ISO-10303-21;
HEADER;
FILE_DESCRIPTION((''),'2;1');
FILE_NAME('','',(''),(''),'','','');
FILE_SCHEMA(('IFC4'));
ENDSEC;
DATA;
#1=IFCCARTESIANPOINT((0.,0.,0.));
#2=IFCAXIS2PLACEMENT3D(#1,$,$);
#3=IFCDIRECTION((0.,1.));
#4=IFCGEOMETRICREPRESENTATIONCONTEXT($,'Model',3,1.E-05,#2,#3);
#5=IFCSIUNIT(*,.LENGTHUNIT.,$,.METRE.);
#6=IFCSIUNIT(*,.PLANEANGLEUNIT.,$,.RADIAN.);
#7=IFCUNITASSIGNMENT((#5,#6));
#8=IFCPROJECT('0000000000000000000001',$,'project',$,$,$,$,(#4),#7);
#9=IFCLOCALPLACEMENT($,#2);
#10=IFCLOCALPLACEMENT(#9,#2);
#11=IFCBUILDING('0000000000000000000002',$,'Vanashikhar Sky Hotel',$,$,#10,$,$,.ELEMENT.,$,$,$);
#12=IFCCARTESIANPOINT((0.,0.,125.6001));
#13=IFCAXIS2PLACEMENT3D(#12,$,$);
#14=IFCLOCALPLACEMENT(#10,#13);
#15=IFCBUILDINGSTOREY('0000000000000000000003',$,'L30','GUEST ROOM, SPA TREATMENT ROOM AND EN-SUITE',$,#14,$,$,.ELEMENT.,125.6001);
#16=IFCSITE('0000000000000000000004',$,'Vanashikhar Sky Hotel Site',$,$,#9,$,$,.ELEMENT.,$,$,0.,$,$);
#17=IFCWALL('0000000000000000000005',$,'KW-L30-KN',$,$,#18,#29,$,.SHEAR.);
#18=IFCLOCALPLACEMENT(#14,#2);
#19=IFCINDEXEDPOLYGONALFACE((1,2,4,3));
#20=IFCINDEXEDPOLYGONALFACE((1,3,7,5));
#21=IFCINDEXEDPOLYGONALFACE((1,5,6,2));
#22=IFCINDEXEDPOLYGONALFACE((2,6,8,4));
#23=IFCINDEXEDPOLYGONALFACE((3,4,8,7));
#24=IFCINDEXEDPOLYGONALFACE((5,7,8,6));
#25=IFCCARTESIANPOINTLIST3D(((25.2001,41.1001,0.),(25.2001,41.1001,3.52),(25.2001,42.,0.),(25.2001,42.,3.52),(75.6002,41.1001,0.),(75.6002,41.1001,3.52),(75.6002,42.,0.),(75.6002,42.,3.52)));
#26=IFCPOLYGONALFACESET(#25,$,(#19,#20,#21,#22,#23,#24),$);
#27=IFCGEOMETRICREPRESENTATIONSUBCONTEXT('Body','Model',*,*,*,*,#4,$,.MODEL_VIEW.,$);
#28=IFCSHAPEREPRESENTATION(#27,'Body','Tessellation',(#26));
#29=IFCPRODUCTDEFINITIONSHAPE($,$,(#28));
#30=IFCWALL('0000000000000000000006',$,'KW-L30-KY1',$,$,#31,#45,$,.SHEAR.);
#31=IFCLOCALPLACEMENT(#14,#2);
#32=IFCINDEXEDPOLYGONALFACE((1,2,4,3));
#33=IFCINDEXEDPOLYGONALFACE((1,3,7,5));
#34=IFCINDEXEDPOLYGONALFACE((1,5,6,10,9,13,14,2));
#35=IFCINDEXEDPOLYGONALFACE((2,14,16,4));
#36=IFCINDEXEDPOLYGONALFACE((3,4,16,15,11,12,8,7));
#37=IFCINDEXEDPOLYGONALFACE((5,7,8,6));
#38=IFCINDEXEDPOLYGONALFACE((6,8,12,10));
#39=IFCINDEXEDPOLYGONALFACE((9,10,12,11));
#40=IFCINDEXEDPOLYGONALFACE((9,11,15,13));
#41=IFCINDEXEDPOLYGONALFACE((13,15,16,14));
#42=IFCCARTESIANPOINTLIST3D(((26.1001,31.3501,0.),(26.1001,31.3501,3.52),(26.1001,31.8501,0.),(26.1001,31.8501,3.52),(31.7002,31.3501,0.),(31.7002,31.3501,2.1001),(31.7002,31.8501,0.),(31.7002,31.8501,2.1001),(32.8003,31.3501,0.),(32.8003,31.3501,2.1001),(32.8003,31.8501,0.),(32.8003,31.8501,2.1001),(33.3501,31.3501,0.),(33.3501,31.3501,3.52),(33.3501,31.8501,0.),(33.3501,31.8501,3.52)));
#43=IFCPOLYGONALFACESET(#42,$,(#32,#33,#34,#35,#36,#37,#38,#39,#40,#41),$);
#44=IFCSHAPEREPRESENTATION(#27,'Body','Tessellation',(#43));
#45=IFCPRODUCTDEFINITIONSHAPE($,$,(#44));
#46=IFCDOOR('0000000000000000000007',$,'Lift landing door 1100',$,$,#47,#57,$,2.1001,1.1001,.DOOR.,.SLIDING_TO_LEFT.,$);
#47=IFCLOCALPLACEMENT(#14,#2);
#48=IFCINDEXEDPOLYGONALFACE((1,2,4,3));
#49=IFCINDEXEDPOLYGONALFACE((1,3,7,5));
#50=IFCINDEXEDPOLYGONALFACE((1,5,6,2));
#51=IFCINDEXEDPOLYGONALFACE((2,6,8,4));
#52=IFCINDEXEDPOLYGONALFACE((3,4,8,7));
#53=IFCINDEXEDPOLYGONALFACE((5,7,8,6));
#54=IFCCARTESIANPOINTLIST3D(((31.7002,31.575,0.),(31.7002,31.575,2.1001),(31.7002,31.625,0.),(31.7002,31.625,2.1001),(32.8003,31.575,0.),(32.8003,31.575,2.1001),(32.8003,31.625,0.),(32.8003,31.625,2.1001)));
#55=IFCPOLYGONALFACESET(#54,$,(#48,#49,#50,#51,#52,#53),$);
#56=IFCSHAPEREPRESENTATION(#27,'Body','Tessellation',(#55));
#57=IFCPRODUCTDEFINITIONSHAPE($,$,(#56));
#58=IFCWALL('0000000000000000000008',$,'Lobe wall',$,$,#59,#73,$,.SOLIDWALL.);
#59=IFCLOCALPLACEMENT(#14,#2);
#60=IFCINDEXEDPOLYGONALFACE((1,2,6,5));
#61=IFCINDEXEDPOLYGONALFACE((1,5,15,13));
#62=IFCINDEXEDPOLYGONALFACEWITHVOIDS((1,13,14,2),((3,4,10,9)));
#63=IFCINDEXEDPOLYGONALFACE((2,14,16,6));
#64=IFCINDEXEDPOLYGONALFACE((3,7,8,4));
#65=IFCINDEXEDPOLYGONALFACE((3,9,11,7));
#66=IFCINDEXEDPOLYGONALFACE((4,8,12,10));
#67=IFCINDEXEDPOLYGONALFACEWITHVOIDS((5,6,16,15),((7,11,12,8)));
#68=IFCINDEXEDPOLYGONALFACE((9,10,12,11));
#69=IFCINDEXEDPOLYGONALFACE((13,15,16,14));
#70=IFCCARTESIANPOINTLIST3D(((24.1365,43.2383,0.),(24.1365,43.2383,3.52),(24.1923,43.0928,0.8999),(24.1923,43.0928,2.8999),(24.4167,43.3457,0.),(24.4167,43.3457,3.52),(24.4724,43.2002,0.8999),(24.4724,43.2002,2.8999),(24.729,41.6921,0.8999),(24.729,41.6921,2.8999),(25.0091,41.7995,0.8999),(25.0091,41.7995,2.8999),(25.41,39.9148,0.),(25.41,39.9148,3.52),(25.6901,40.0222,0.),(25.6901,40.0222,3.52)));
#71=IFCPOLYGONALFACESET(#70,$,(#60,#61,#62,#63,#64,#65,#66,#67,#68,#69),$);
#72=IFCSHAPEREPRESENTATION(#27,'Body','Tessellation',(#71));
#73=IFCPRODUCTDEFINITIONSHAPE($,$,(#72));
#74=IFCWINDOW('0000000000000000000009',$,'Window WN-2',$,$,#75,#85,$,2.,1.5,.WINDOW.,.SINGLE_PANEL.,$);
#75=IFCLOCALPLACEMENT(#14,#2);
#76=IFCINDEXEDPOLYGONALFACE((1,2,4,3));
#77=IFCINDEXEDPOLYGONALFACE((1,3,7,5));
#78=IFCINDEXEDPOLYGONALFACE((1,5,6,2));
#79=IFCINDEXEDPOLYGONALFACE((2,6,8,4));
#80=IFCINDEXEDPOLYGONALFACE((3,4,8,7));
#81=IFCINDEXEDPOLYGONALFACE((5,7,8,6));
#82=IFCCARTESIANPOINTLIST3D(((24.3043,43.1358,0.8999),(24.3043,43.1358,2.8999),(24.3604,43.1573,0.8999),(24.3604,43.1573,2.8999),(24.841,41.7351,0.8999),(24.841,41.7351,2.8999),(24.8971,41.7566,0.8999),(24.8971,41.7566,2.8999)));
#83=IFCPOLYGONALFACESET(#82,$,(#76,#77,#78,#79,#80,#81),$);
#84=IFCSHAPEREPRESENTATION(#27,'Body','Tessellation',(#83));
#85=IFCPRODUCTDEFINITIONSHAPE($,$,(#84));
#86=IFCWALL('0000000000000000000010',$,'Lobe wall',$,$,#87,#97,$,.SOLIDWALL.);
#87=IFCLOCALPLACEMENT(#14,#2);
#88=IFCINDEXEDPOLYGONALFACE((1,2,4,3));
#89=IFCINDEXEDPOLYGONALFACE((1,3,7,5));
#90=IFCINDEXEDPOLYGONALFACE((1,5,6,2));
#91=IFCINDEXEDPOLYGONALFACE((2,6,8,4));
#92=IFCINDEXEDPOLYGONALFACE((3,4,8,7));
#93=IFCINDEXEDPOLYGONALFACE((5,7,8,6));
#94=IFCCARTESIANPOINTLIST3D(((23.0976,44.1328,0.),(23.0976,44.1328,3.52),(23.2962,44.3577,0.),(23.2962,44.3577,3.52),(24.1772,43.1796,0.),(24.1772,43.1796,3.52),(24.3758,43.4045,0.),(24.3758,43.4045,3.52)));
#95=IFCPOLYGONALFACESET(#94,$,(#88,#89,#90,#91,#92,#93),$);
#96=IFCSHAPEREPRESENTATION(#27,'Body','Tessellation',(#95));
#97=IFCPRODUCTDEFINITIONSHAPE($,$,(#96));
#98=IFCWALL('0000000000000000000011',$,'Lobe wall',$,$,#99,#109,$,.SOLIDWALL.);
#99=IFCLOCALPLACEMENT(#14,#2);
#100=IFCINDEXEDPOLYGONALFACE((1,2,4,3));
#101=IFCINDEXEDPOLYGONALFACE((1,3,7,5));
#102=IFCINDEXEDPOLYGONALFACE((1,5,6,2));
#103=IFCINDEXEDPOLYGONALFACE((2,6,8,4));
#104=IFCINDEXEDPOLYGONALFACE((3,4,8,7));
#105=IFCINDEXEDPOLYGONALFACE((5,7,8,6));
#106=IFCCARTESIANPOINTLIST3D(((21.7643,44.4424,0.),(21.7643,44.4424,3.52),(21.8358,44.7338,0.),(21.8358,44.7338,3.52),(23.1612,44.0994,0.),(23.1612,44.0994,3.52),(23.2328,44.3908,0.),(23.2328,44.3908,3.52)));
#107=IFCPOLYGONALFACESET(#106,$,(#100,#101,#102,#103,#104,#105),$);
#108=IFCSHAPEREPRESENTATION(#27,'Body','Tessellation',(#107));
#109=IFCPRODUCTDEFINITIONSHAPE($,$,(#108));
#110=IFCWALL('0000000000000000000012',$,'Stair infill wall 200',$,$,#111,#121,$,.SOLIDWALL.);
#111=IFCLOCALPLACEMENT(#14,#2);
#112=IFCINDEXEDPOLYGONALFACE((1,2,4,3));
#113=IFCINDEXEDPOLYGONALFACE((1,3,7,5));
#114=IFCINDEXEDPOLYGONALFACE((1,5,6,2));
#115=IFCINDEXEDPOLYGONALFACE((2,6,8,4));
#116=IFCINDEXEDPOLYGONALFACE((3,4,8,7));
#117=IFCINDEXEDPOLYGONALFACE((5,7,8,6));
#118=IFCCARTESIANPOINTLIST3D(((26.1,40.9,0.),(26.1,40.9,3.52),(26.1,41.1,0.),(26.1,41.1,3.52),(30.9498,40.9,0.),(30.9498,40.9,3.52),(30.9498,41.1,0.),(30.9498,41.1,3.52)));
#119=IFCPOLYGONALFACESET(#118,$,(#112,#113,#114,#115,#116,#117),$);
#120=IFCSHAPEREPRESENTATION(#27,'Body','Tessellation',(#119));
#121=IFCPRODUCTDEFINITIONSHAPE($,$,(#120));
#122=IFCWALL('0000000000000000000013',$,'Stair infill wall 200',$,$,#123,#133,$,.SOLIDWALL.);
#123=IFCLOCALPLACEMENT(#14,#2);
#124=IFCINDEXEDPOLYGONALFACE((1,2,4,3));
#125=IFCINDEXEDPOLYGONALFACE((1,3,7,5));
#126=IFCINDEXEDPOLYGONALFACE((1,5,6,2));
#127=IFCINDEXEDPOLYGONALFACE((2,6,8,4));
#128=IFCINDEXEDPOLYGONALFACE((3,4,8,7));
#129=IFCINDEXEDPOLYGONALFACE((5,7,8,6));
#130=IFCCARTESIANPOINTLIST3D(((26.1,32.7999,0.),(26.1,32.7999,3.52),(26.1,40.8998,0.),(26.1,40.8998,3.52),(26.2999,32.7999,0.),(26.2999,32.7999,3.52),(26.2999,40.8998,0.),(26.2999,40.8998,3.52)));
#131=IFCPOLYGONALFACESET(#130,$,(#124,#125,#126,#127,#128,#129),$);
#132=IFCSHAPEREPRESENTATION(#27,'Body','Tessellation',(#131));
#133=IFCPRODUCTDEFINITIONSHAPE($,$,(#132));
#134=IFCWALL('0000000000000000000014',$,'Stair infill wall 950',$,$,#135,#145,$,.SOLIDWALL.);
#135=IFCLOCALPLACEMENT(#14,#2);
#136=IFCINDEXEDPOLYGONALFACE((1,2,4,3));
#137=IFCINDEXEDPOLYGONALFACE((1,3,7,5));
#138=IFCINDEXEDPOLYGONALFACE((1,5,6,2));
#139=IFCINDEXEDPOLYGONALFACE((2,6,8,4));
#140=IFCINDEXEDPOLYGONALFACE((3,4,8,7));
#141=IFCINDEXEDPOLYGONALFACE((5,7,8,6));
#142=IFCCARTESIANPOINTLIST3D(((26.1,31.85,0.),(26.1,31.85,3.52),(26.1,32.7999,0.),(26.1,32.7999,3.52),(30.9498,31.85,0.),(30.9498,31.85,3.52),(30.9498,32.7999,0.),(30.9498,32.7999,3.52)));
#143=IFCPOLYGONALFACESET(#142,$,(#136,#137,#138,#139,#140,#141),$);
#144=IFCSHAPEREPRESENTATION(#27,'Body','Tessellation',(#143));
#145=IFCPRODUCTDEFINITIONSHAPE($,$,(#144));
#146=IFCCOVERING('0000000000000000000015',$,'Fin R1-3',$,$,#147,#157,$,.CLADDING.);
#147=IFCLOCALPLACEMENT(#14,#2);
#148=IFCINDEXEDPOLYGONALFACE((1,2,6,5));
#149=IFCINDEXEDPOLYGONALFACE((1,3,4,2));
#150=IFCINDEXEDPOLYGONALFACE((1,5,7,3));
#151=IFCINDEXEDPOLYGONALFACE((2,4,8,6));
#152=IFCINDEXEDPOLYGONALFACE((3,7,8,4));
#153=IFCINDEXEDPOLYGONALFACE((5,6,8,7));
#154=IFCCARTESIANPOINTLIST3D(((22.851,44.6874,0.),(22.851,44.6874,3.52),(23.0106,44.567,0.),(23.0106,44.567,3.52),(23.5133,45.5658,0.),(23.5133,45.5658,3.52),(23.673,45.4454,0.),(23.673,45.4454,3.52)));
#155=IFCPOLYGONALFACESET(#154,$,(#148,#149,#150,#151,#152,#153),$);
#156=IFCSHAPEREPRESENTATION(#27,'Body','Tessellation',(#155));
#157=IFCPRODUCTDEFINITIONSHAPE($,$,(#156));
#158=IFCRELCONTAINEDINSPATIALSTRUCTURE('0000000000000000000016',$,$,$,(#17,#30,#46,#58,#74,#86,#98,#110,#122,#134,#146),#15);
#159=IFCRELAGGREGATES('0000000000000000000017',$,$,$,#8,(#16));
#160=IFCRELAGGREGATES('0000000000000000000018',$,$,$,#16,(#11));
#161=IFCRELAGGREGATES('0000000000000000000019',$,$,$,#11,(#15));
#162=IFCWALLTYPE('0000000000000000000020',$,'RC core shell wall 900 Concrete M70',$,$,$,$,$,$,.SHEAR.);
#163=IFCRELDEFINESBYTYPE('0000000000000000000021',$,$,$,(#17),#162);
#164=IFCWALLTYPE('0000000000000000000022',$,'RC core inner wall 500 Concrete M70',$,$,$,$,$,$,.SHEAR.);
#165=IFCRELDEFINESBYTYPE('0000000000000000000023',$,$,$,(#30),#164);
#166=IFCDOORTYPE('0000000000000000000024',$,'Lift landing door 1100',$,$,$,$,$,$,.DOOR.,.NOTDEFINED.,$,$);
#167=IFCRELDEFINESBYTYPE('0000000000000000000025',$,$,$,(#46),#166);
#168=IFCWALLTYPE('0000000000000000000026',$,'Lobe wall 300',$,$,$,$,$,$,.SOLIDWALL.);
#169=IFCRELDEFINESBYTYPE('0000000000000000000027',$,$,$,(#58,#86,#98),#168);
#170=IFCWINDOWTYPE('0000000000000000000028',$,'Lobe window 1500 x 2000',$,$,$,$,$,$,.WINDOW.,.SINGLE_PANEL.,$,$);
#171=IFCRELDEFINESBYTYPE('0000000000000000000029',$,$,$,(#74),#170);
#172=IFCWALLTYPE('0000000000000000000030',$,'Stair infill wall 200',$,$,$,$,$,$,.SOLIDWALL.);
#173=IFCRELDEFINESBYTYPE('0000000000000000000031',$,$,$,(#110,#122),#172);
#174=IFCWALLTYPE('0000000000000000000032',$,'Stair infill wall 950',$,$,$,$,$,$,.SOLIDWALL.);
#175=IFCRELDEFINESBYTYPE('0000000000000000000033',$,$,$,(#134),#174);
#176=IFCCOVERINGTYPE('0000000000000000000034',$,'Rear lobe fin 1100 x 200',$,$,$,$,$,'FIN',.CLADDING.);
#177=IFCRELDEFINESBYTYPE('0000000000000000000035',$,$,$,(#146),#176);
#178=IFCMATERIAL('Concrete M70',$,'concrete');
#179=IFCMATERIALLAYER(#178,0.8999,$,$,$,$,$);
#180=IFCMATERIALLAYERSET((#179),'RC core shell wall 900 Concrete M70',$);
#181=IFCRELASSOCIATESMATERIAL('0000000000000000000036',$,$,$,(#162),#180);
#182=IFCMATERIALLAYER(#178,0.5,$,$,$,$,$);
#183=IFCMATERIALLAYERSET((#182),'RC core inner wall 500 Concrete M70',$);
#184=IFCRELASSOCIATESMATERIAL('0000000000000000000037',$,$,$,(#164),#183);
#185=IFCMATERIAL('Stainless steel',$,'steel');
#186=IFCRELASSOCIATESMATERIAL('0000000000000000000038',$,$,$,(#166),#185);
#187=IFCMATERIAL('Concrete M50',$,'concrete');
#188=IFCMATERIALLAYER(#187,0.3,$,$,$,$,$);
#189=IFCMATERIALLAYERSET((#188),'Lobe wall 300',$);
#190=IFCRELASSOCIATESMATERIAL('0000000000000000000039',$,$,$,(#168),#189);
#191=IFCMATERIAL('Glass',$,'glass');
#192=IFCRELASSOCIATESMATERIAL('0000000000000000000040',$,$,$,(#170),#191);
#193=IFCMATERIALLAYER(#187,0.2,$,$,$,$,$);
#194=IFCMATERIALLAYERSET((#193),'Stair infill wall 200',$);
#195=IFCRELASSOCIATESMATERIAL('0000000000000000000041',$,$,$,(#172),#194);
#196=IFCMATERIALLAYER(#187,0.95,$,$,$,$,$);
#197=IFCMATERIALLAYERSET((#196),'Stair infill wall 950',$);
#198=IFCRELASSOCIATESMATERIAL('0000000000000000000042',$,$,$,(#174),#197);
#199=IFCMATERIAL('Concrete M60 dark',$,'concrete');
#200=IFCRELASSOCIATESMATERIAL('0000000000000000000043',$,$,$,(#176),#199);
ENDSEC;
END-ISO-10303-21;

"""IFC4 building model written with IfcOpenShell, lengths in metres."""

from ifc_helpers import new_model, si_unit, direction, frame, frame_2d, origin, origin_2d, place, context, subcontext, project, spatial, rectangle, extrude, source, transform, mapped, material, layer, layer_set, material_profile, profile_set, type_object, element, fill, save


model = new_model("IFC4")

# Units and contexts
model_context = context("Model", 3, precision=1e-05, world=origin(), true_north=direction((0.0, 1.0)))
body_context = subcontext(model_context, "Body", "Model", "MODEL_VIEW")
ifc_project = project(units=[si_unit("LENGTHUNIT", "METRE"), si_unit("PLANEANGLEUNIT", "RADIAN")], contexts=[model_context])

# Site, building, storey
site_placement = place(None, origin())
site = spatial("IfcSite", under=ifc_project, at=site_placement, Name="Vanashikhar Sky Hotel Site", CompositionType="ELEMENT", RefElevation=0.0)
building_placement = place(site_placement, origin())
building = spatial("IfcBuilding", under=site, at=building_placement, Name="Vanashikhar Sky Hotel", CompositionType="ELEMENT")
storey_placement = place(building_placement, frame((0.0, 0.0, 125.6001)))
storey = spatial("IfcBuildingStorey", under=building, at=storey_placement, Name="L30", Description="GUEST ROOM, SPA TREATMENT ROOM AND EN-SUITE", CompositionType="ELEMENT", Elevation=125.6001)

# Wall
ifc_material_1 = material(Name="Concrete M70", Category="concrete")
ifc_layer_1 = layer(ifc_material_1, 0.8999)
ifc_layer_set_1 = layer_set([ifc_layer_1], Name="RC core shell wall 900 Concrete M70")
wall_type_1 = type_object("IfcWallType", Name="RC core shell wall 900 Concrete M70", PredefinedType="SHEAR", material=ifc_layer_set_1)
shared_shape_1 = source(origin(), body_context, "Body", "SweptSolid", [
    extrude(rectangle(XDim=50.4001, YDim=0.8999, at=frame_2d((25.2002, 0.0))), origin(), (0.0, 0.0, 1.0), 3.52),
])
wall_1_placement = place(storey_placement, frame((25.2, 41.55, 0.0), z_axis=(0.0, 0.0, 1.0), x_axis=(1.0, 0.0, 0.0)))
element("IfcWall", 1, at=wall_1_placement, inside=storey, type_object=wall_type_1, Name="KW-L30-KN", PredefinedType="SHEAR", context=body_context, shape_type="MappedRepresentation", body=[
    mapped(shared_shape_1, transform((0.0, 0.0, 0.0), scale=1.0)),
])

# Wall, opening, door
ifc_layer_2 = layer(ifc_material_1, 0.5)
ifc_layer_set_2 = layer_set([ifc_layer_2], Name="RC core inner wall 500 Concrete M70")
wall_type_2 = type_object("IfcWallType", Name="RC core inner wall 500 Concrete M70", PredefinedType="SHEAR", material=ifc_layer_set_2)
shared_shape_2 = source(origin(), body_context, "Body", "SweptSolid", [
    extrude(rectangle(XDim=7.25, YDim=0.5, at=frame_2d((3.625, 0.0))), origin(), (0.0, 0.0, 1.0), 3.52),
])
wall_2_placement = place(storey_placement, frame((26.1001, 31.6001, 0.0), z_axis=(0.0, 0.0, 1.0), x_axis=(1.0, 0.0, 0.0)))
wall_2 = element("IfcWall", 2, at=wall_2_placement, inside=storey, type_object=wall_type_2, Name="KW-L30-KY1", PredefinedType="SHEAR", context=body_context, shape_type="MappedRepresentation", body=[
    mapped(shared_shape_2, transform((0.0, 0.0, 0.0), scale=1.0)),
])
shared_shape_3 = source(origin(), body_context, "Body", "SweptSolid", [
    extrude(rectangle(XDim=1.1001, YDim=2.1001, at=frame_2d((0.55, 1.05))), frame((0.0, 0.26, 0.0), z_axis=(0.0, -1.0, 0.0), x_axis=(1.0, 0.0, 0.0)), (0.0, 0.0, 1.0), 0.52),
])
opening_1_placement = place(wall_2_placement, frame((5.6001, 0.0, 0.0)))
opening_1 = element("IfcOpeningElement", 3, at=opening_1_placement, cuts=wall_2, PredefinedType="OPENING", context=body_context, shape_type="MappedRepresentation", body=[
    mapped(shared_shape_3, transform((0.0, 0.0, 0.0), scale=1.0)),
])
ifc_material_2 = material(Name="Stainless steel", Category="steel")
door_type = type_object("IfcDoorType", Name="Lift landing door 1100", OperationType="NOTDEFINED", PredefinedType="DOOR", material=ifc_material_2)
shared_shape_4 = source(origin(), body_context, "Body", "SweptSolid", [
    extrude(rectangle(XDim=1.1001, YDim=2.1001, at=frame_2d((0.55, 1.05))), frame((0.0, 0.0249, 0.0), z_axis=(0.0, -1.0, 0.0), x_axis=(1.0, 0.0, 0.0)), (0.0, 0.0, 1.0), 0.05),
])
door_placement = place(opening_1_placement, origin())
door = element("IfcDoor", 4, at=door_placement, inside=storey, type_object=door_type, Name="Lift landing door 1100", OperationType="SLIDING_TO_LEFT", OverallHeight=2.1001, OverallWidth=1.1001, PredefinedType="DOOR", context=body_context, shape_type="MappedRepresentation", body=[
    mapped(shared_shape_4, transform((0.0, 0.0, 0.0), scale=1.0)),
])
fill(opening_1, door)

# Wall, opening, window
ifc_material_3 = material(Name="Concrete M50", Category="concrete")
ifc_layer_3 = layer(ifc_material_3, 0.3)
ifc_layer_set_3 = layer_set([ifc_layer_3], Name="Lobe wall 300")
wall_type_3 = type_object("IfcWallType", Name="Lobe wall 300", PredefinedType="SOLIDWALL", material=ifc_layer_set_3)
shared_shape_5 = source(origin(), body_context, "Body", "SweptSolid", [
    extrude(rectangle(XDim=3.5591, YDim=0.3, at=frame_2d((1.7795, 0.0))), origin(), (0.0, 0.0, 1.0), 3.52),
])
wall_3_placement = place(storey_placement, frame((25.55, 39.9685, 0.0), z_axis=(0.0, 0.0, 1.0), x_axis=(-0.357797, 0.933799, 0.0)))
wall_3 = element("IfcWall", 5, at=wall_3_placement, inside=storey, type_object=wall_type_3, Name="Lobe wall", PredefinedType="SOLIDWALL", context=body_context, shape_type="MappedRepresentation", body=[
    mapped(shared_shape_5, transform((0.0, 0.0, 0.0), scale=1.0)),
])
shared_shape_6 = source(origin(), body_context, "Body", "SweptSolid", [
    extrude(rectangle(XDim=1.5, YDim=2.0, at=frame_2d((0.75, 1.0))), frame((0.0, 0.1602, 0.0), z_axis=(0.0, -1.0, 0.0), x_axis=(1.0, 0.0, 0.0)), (0.0, 0.0, 1.0), 0.3201),
])
opening_2_placement = place(wall_3_placement, frame((1.9033, 0.0, 0.8999)))
opening_2 = element("IfcOpeningElement", 6, at=opening_2_placement, cuts=wall_3, PredefinedType="OPENING", context=body_context, shape_type="MappedRepresentation", body=[
    mapped(shared_shape_6, transform((0.0, 0.0, 0.0), scale=1.0)),
])
ifc_material_4 = material(Name="Glass", Category="glass")
window_type = type_object("IfcWindowType", Name="Lobe window 1500 x 2000", PartitioningType="SINGLE_PANEL", PredefinedType="WINDOW", material=ifc_material_4)
shared_shape_7 = source(origin(), body_context, "Body", "SweptSolid", [
    extrude(rectangle(XDim=1.5, YDim=2.0, at=frame_2d((0.75, 1.0))), frame((0.0, 0.03, 0.0), z_axis=(0.0, -1.0, 0.0), x_axis=(1.0, 0.0, 0.0)), (0.0, 0.0, 1.0), 0.0601),
])
window_placement = place(opening_2_placement, origin())
window = element("IfcWindow", 7, at=window_placement, inside=storey, type_object=window_type, Name="Window WN-2", OverallHeight=2.0, OverallWidth=1.5, PartitioningType="SINGLE_PANEL", PredefinedType="WINDOW", context=body_context, shape_type="MappedRepresentation", body=[
    mapped(shared_shape_7, transform((0.0, 0.0, 0.0), scale=1.0)),
])
fill(opening_2, window)

# Walls
shared_shape_8 = source(origin(), body_context, "Body", "SweptSolid", [
    extrude(rectangle(XDim=1.4402, YDim=0.3, at=frame_2d((0.7202, 0.0))), origin(), (0.0, 0.0, 1.0), 3.52),
])
wall_4_placement = place(storey_placement, frame((24.2766, 43.292, 0.0), z_axis=(0.0, 0.0, 1.0), x_axis=(-0.74965, 0.661835, 0.0)))
element("IfcWall", 8, at=wall_4_placement, inside=storey, type_object=wall_type_3, Name="Lobe wall", PredefinedType="SOLIDWALL", context=body_context, shape_type="MappedRepresentation", body=[
    mapped(shared_shape_8, transform((0.0, 0.0, 0.0), scale=1.0)),
])
shared_shape_9 = source(origin(), body_context, "Body", "SweptSolid", [
    extrude(rectangle(XDim=1.4385, YDim=0.3, at=frame_2d((0.7192, 0.0))), origin(), (0.0, 0.0, 1.0), 3.52),
])
wall_5_placement = place(storey_placement, frame((23.197, 44.2451, 0.0), z_axis=(0.0, 0.0, 1.0), x_axis=(-0.971152, 0.23846, 0.0)))
element("IfcWall", 9, at=wall_5_placement, inside=storey, type_object=wall_type_3, Name="Lobe wall", PredefinedType="SOLIDWALL", context=body_context, shape_type="MappedRepresentation", body=[
    mapped(shared_shape_9, transform((0.0, 0.0, 0.0), scale=1.0)),
])
ifc_layer_4 = layer(ifc_material_3, 0.2)
ifc_layer_set_4 = layer_set([ifc_layer_4], Name="Stair infill wall 200")
wall_type_4 = type_object("IfcWallType", Name="Stair infill wall 200", PredefinedType="SOLIDWALL", material=ifc_layer_set_4)
shared_shape_10 = source(origin(), body_context, "Body", "SweptSolid", [
    extrude(rectangle(XDim=4.8499, YDim=0.2, at=frame_2d((2.4248, 0.0))), origin(), (0.0, 0.0, 1.0), 3.52),
])
wall_6_placement = place(storey_placement, frame((26.1001, 41.0, 0.0), z_axis=(0.0, 0.0, 1.0), x_axis=(1.0, 0.0, 0.0)))
element("IfcWall", 10, at=wall_6_placement, inside=storey, type_object=wall_type_4, Name="Stair infill wall 200", PredefinedType="SOLIDWALL", context=body_context, shape_type="MappedRepresentation", body=[
    mapped(shared_shape_10, transform((0.0, 0.0, 0.0), scale=1.0)),
])
shared_shape_11 = source(origin(), body_context, "Body", "SweptSolid", [
    extrude(rectangle(XDim=8.0999, YDim=0.2, at=frame_2d((4.0498, 0.0))), origin(), (0.0, 0.0, 1.0), 3.52),
])
wall_7_placement = place(storey_placement, frame((26.2, 32.8, 0.0), z_axis=(0.0, 0.0, 1.0), x_axis=(0.0, 1.0, 0.0)))
element("IfcWall", 11, at=wall_7_placement, inside=storey, type_object=wall_type_4, Name="Stair infill wall 200", PredefinedType="SOLIDWALL", context=body_context, shape_type="MappedRepresentation", body=[
    mapped(shared_shape_11, transform((0.0, 0.0, 0.0), scale=1.0)),
])
ifc_layer_5 = layer(ifc_material_3, 0.95)
ifc_layer_set_5 = layer_set([ifc_layer_5], Name="Stair infill wall 950")
wall_type_5 = type_object("IfcWallType", Name="Stair infill wall 950", PredefinedType="SOLIDWALL", material=ifc_layer_set_5)
shared_shape_12 = source(origin(), body_context, "Body", "SweptSolid", [
    extrude(rectangle(XDim=4.8499, YDim=0.95, at=frame_2d((2.4248, 0.0))), origin(), (0.0, 0.0, 1.0), 3.52),
])
wall_8_placement = place(storey_placement, frame((26.1001, 32.325, 0.0), z_axis=(0.0, 0.0, 1.0), x_axis=(1.0, 0.0, 0.0)))
element("IfcWall", 12, at=wall_8_placement, inside=storey, type_object=wall_type_5, Name="Stair infill wall 950", PredefinedType="SOLIDWALL", context=body_context, shape_type="MappedRepresentation", body=[
    mapped(shared_shape_12, transform((0.0, 0.0, 0.0), scale=1.0)),
])

# Covering
ifc_material_5 = material(Name="Concrete M60 dark", Category="concrete")
ifc_material_profile = material_profile(ifc_material_5, rectangle(XDim=1.1001, YDim=0.2, at=origin_2d()))
ifc_profile_set = profile_set([ifc_material_profile], Name="Rear lobe fin 1100 x 200")
covering_type = type_object("IfcCoveringType", Name="Rear lobe fin 1100 x 200", ElementType="FIN", PredefinedType="CLADDING", material=ifc_profile_set)
shared_shape_13 = source(origin(), body_context, "Body", "SweptSolid", [
    extrude(rectangle(XDim=1.1001, YDim=0.2, at=origin_2d()), origin(), (0.0, 0.0, 1.0), 3.52),
])
for number, where, z_axis, x_axis, name in (
    (13, (23.262, 45.0664, 0.0), (0.0, 0.0, 1.0), (0.602066, 0.798446, 0.0), "Fin R1-3"),
):
    element("IfcCovering", number, at=place(storey_placement, frame(where, z_axis=z_axis, x_axis=x_axis)), inside=storey, type_object=covering_type, Name=name, PredefinedType="CLADDING", context=body_context, shape_type="MappedRepresentation", body=[
        mapped(shared_shape_13, transform((0.0, 0.0, 0.0), scale=1.0)),
    ])

save(model, "model.ifc")
